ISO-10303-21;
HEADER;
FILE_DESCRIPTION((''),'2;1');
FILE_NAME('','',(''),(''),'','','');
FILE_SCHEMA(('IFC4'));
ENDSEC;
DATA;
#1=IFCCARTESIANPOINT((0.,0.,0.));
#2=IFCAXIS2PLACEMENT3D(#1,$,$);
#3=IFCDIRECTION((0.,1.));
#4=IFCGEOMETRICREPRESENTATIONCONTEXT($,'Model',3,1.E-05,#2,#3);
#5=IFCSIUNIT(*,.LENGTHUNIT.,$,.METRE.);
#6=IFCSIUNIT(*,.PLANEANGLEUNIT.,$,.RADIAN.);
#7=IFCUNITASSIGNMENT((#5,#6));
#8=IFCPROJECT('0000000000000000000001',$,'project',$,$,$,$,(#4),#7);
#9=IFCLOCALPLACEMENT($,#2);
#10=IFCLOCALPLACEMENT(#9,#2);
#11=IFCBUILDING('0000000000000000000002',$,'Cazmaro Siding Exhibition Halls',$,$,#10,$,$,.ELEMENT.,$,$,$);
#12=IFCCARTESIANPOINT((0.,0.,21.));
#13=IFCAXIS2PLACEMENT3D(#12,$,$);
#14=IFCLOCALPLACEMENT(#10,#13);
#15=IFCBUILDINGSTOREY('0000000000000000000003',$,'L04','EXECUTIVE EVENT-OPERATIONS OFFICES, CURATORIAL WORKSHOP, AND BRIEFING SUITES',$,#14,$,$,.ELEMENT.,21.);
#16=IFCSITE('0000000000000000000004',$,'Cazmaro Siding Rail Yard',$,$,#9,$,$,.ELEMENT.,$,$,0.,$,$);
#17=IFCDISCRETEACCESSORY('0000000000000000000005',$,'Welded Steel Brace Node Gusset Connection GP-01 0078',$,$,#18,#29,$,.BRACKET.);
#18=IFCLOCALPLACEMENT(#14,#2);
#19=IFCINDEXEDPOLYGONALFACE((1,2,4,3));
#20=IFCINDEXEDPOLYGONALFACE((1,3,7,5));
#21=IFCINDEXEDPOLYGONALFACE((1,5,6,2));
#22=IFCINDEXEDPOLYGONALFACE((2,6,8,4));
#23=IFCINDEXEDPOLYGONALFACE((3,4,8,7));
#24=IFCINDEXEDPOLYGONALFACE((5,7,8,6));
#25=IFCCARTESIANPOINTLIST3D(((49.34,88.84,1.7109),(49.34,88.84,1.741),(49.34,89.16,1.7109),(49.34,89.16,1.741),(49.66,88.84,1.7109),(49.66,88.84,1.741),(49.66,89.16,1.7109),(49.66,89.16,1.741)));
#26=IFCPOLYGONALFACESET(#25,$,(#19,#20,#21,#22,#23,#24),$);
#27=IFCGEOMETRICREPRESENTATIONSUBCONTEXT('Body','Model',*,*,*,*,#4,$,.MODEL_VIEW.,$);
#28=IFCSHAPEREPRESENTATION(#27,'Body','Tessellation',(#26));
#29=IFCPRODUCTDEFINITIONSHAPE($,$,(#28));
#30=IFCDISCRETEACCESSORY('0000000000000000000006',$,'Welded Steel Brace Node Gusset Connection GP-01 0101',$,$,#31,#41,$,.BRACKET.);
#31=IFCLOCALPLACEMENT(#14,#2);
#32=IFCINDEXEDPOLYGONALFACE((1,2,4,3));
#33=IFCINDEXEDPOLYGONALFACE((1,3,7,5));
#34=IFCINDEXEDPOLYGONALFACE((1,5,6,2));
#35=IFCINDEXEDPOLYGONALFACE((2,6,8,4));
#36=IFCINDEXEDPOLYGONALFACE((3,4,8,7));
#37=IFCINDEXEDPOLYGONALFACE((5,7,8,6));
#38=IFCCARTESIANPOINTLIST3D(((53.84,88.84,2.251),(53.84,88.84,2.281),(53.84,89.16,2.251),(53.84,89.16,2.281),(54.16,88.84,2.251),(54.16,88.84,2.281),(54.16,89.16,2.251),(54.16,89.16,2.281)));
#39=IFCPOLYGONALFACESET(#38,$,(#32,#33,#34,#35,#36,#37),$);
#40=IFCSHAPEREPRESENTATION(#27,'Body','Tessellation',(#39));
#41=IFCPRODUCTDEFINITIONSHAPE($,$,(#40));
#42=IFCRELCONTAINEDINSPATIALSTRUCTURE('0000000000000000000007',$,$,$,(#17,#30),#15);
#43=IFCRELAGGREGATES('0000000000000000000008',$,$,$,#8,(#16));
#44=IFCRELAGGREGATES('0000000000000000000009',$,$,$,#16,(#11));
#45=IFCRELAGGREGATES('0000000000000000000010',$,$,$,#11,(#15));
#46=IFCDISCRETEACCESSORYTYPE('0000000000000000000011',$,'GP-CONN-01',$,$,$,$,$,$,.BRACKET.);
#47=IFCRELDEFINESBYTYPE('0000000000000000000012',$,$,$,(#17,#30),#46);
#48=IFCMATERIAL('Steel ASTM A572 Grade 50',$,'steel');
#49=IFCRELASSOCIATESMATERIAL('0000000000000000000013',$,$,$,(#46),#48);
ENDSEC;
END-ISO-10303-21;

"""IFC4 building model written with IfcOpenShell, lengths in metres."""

from ifc_helpers import new_model, si_unit, direction, frame, origin, origin_2d, place, context, subcontext, project, spatial, rectangle, extrude, material, type_object, element, save


model = new_model("IFC4")

# Units and contexts
model_context = context("Model", 3, precision=1e-05, world=origin(), true_north=direction((0.0, 1.0)))
body_context = subcontext(model_context, "Body", "Model", "MODEL_VIEW")
ifc_project = project(units=[si_unit("LENGTHUNIT", "METRE"), si_unit("PLANEANGLEUNIT", "RADIAN")], contexts=[model_context])

# Site, building, storey
site_placement = place(None, origin())
site = spatial("IfcSite", under=ifc_project, at=site_placement, Name="Cazmaro Siding Rail Yard", CompositionType="ELEMENT", RefElevation=0.0)
building_placement = place(site_placement, origin())
building = spatial("IfcBuilding", under=site, at=building_placement, Name="Cazmaro Siding Exhibition Halls", CompositionType="ELEMENT")
storey_placement = place(building_placement, frame((0.0, 0.0, 21.0)))
storey = spatial("IfcBuildingStorey", under=building, at=storey_placement, Name="L04", Description="EXECUTIVE EVENT-OPERATIONS OFFICES, CURATORIAL WORKSHOP, AND BRIEFING SUITES", CompositionType="ELEMENT", Elevation=21.0)

# Discrete accessories
ifc_material_1 = material(Name="Steel ASTM A572 Grade 50", Category="steel")
discrete_accessory_type = type_object("IfcDiscreteAccessoryType", Name="GP-CONN-01", PredefinedType="BRACKET", material=ifc_material_1)
for number, where, z_axis, x_axis, name in (
    (1, (49.5, 89.0, 1.7109), (0.0, 0.0, 1.0), (1.0, 0.0, 0.0), "Welded Steel Brace Node Gusset Connection GP-01 0078"),
    (2, (54.0, 89.0, 2.251), (0.0, 0.0, 1.0), (1.0, 0.0, 0.0), "Welded Steel Brace Node Gusset Connection GP-01 0101"),
):
    element("IfcDiscreteAccessory", number, at=place(storey_placement, frame(where, z_axis=z_axis, x_axis=x_axis)), inside=storey, type_object=discrete_accessory_type, Name=name, PredefinedType="BRACKET", context=body_context, shape_type="SweptSolid", body=[
        extrude(rectangle(XDim=0.3201, YDim=0.3201, at=origin_2d()), origin(), (0.0, 0.0, 1.0), 0.03),
    ])

save(model, "model.ifc")
